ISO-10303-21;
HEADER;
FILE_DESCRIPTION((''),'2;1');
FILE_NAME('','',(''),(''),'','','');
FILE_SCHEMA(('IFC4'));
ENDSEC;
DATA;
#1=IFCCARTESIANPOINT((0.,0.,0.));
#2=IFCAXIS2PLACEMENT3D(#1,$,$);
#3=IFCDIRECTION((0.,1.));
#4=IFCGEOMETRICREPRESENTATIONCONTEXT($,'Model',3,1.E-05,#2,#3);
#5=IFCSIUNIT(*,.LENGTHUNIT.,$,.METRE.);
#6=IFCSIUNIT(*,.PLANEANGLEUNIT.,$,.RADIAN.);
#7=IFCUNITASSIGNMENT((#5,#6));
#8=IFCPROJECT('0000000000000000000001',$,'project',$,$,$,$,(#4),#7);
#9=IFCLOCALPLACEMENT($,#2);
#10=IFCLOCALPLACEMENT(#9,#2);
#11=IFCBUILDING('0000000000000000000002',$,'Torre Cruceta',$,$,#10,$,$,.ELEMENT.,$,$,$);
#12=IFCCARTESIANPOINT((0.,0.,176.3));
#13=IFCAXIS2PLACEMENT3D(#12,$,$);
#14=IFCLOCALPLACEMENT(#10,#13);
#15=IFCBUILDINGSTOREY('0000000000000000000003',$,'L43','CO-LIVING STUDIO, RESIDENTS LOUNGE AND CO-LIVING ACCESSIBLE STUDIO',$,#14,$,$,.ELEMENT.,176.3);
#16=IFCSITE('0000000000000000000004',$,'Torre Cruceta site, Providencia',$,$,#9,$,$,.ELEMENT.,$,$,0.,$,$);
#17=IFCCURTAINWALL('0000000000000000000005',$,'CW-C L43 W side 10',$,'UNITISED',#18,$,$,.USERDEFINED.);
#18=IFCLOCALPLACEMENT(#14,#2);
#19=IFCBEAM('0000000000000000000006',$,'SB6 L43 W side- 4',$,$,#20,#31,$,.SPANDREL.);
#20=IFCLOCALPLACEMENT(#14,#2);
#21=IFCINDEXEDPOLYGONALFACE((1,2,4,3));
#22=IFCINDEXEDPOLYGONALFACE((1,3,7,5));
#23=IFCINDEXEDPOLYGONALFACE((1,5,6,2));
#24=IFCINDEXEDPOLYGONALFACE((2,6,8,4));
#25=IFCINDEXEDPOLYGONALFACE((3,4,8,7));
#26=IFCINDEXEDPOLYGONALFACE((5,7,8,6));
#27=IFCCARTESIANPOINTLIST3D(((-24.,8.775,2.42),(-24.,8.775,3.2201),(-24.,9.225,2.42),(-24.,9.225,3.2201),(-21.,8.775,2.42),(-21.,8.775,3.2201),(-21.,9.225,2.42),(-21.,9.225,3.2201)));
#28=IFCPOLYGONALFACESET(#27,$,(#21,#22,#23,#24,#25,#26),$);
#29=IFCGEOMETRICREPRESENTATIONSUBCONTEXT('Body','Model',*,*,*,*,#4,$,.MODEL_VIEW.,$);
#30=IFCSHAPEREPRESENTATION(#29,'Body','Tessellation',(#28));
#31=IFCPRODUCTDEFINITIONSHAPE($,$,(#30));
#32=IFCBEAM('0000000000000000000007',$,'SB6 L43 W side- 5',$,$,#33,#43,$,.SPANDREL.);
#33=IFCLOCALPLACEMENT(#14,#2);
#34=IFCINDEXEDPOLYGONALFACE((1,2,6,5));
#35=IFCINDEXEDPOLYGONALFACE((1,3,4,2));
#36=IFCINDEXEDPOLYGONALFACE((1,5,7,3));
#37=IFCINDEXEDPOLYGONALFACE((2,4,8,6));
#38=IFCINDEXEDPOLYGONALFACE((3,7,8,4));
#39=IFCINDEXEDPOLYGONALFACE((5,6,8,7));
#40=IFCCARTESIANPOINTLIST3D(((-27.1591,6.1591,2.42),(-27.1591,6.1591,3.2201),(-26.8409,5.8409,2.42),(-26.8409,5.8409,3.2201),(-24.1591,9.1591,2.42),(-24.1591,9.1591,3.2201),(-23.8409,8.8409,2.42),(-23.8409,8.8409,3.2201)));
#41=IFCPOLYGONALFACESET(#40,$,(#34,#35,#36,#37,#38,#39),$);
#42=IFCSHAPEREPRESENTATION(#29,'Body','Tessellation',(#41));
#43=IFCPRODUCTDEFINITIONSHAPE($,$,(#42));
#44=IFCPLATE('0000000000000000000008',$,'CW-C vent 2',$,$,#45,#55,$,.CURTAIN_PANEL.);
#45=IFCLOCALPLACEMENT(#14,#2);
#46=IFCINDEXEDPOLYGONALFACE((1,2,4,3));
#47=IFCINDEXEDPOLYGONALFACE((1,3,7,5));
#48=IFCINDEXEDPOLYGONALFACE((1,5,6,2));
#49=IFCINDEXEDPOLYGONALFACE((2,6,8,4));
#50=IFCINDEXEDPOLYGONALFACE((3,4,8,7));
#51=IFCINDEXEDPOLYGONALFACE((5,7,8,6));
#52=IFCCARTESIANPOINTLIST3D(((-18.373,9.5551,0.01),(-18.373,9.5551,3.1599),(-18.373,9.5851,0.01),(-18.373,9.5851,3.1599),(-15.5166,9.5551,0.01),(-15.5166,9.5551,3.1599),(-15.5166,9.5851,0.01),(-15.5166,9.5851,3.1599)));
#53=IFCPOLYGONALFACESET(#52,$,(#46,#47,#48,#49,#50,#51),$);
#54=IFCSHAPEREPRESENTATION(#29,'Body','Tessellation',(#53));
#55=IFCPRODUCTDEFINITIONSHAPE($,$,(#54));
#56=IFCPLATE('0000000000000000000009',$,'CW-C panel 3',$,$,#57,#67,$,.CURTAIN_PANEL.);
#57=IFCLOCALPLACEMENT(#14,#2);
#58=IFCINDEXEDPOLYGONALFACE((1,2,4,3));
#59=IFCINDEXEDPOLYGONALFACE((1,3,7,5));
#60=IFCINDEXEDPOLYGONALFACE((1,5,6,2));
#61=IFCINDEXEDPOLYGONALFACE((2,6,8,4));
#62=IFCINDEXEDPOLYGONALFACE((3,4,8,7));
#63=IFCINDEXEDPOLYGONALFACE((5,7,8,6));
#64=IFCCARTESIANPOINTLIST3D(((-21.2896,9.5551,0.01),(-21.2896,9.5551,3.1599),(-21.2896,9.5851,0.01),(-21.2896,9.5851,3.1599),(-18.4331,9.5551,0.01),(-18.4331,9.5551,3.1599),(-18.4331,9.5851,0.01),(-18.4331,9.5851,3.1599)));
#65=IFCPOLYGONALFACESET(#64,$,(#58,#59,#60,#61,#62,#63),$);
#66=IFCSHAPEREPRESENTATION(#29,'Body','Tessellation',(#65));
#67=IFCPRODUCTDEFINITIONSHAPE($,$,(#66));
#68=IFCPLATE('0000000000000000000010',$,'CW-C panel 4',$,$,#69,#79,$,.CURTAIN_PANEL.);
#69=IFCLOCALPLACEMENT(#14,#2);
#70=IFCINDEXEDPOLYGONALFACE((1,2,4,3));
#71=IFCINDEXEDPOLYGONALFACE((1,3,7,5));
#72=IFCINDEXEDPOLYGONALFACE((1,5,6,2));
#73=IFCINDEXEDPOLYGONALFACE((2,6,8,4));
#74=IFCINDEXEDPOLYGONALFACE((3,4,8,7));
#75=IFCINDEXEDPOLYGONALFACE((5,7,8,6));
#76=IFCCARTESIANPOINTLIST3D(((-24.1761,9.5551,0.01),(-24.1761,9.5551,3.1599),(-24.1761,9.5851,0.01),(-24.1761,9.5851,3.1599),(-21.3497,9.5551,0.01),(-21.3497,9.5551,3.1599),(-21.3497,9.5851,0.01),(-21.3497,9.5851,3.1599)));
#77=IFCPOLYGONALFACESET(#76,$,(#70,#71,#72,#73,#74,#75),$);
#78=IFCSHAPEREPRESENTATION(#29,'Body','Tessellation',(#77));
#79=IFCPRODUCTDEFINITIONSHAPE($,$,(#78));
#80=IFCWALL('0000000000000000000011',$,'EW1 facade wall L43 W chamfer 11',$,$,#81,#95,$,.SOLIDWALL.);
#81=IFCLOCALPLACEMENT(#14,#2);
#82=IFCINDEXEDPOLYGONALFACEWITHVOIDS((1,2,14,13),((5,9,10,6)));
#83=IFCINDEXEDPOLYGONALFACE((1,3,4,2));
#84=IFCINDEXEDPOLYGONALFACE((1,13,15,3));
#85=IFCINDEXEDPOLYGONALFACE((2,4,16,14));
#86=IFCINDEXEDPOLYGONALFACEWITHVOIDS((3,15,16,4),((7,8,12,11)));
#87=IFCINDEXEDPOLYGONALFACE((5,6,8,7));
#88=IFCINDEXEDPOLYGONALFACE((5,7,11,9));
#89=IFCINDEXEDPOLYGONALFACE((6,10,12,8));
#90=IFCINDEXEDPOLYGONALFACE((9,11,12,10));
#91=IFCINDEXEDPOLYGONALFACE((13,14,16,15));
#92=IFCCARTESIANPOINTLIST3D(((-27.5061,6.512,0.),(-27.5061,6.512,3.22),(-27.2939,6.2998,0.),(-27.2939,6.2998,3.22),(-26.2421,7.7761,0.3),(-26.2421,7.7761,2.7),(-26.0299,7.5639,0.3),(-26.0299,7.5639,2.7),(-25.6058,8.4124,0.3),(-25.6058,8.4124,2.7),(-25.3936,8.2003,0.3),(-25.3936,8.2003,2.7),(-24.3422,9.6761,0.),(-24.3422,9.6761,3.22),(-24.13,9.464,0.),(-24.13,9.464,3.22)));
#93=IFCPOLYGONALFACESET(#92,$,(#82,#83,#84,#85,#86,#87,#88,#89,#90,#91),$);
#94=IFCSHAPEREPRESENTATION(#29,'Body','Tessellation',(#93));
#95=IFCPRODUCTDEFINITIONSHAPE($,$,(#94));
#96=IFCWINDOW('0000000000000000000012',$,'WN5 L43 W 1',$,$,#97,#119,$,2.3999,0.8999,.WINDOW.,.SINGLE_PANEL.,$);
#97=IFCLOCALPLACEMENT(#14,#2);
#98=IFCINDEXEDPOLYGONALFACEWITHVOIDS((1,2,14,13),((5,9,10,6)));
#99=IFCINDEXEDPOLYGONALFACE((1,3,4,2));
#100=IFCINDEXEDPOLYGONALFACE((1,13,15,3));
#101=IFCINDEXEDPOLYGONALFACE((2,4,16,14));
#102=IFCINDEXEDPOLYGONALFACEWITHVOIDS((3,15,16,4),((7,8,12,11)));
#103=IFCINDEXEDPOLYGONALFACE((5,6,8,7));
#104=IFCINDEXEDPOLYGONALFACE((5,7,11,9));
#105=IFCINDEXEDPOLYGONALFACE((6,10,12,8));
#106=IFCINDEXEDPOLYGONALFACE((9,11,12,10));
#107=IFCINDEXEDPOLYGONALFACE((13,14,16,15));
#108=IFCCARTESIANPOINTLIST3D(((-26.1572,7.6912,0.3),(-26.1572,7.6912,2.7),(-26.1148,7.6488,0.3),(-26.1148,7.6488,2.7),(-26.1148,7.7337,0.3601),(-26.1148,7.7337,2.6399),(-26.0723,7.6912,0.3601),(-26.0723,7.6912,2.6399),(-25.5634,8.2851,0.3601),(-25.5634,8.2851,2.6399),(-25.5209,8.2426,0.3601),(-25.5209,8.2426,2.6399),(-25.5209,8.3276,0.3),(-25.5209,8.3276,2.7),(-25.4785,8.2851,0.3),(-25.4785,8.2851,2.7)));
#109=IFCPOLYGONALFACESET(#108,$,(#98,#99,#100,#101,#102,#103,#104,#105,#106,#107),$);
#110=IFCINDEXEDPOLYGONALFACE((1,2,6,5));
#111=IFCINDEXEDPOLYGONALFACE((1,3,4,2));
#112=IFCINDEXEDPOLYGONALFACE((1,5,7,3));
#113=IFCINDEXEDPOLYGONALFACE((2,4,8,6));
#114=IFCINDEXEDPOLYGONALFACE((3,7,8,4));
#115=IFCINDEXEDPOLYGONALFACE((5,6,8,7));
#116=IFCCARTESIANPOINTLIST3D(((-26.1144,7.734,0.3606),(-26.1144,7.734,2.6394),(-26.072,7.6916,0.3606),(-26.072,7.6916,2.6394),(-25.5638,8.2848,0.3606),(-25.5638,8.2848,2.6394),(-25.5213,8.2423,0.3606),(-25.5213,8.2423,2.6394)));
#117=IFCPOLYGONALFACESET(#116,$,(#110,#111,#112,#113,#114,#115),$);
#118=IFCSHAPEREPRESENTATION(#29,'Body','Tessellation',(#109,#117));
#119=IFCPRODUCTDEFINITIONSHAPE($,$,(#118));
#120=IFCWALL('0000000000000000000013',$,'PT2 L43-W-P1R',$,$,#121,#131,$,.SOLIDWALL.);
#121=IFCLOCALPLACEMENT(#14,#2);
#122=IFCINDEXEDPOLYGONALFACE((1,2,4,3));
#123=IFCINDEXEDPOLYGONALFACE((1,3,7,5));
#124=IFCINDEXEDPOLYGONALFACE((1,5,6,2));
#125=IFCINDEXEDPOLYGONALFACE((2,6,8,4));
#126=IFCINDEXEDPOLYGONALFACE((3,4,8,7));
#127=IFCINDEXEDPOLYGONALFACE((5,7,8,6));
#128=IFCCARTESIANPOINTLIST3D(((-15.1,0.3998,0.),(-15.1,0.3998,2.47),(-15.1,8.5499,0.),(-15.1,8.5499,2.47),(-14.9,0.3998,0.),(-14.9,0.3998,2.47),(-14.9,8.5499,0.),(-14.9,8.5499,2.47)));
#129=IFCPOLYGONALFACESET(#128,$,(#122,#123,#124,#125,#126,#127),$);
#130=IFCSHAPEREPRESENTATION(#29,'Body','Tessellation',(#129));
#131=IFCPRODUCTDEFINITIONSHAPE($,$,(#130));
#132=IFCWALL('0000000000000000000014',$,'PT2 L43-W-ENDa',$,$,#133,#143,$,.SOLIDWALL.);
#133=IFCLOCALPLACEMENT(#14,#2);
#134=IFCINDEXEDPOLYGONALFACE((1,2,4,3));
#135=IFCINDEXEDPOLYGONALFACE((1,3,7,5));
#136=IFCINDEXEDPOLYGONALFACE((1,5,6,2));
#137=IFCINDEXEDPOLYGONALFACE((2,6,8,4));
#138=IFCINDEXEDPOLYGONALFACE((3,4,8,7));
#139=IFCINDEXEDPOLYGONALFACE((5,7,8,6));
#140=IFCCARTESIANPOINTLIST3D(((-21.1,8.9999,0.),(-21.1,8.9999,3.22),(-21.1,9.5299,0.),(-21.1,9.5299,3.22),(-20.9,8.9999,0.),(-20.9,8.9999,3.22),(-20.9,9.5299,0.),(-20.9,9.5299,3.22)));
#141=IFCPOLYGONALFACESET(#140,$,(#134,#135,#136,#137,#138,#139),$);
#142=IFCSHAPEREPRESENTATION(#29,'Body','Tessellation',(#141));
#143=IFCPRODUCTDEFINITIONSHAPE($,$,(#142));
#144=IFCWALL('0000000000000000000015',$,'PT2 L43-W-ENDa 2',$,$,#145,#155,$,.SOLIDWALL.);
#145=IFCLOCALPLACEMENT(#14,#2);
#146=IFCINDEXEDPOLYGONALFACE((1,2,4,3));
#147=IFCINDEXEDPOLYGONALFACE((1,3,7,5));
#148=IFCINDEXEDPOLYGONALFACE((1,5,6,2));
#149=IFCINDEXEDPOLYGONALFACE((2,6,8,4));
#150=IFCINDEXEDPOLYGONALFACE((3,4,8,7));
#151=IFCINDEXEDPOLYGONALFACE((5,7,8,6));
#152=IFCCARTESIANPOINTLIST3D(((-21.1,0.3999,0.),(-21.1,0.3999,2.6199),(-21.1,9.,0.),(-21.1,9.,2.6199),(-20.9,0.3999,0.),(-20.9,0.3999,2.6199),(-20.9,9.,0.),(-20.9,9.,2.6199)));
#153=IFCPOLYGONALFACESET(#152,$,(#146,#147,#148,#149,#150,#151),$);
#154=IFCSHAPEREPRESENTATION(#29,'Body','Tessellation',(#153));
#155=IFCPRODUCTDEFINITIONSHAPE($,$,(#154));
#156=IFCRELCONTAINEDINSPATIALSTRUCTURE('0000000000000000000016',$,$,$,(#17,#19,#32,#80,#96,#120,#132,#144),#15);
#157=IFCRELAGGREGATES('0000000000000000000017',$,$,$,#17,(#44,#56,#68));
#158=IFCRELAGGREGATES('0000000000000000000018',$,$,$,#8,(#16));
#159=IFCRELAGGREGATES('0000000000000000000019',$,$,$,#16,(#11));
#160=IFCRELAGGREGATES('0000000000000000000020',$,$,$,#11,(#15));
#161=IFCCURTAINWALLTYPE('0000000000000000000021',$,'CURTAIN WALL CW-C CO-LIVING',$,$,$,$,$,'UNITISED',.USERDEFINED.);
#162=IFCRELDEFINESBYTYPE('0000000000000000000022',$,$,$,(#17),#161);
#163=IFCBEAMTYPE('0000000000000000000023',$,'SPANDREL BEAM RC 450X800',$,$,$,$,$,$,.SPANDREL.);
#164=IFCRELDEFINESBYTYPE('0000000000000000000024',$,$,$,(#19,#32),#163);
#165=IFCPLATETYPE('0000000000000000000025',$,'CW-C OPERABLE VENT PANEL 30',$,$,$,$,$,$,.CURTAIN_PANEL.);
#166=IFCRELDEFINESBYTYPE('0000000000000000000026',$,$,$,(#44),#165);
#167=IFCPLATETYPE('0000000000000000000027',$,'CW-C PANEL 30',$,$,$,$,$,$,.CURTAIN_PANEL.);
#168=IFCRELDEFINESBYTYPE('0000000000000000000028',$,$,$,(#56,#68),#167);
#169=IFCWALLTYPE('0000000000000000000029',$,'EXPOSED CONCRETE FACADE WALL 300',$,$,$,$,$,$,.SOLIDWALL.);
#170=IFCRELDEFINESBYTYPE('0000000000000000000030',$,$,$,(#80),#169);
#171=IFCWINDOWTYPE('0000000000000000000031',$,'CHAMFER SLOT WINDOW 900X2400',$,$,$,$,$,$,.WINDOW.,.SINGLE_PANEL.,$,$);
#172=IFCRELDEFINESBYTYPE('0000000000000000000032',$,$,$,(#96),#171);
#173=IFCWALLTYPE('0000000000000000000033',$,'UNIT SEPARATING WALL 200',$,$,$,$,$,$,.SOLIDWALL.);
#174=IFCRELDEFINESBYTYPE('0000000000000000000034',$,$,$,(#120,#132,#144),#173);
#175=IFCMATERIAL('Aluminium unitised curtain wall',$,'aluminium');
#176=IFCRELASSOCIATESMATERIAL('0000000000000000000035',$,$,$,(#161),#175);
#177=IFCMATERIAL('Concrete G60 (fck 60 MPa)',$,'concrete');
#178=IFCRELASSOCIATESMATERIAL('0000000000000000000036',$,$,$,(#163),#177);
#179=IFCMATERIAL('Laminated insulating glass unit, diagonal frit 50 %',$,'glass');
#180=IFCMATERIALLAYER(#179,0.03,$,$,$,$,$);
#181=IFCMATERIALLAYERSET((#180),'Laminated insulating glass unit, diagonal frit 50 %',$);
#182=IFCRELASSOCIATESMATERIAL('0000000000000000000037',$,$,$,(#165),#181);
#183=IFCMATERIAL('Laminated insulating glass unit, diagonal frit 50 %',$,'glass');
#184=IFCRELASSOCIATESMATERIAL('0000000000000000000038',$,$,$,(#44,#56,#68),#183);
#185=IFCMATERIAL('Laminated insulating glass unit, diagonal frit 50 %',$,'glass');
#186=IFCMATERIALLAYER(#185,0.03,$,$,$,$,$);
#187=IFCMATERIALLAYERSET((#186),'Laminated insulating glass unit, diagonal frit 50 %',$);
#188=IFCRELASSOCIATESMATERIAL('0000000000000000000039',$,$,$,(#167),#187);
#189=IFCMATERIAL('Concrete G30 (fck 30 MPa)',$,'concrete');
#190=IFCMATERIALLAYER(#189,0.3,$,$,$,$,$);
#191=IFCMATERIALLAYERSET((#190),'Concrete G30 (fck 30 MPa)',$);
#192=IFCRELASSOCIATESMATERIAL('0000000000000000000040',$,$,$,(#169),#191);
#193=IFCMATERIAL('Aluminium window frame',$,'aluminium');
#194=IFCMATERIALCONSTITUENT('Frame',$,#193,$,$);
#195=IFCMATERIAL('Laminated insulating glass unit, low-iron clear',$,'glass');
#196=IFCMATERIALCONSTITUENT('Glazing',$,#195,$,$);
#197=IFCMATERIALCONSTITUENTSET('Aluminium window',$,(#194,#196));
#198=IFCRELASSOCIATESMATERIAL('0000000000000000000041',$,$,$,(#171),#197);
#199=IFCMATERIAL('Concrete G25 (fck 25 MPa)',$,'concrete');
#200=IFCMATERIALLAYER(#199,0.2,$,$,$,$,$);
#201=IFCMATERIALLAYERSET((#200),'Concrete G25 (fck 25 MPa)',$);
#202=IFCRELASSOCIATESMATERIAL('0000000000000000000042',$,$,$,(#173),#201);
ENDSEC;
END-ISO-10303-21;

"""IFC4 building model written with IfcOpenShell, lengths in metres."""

from ifc_helpers import new_model, si_unit, direction, frame, frame_2d, origin, origin_2d, place, context, subcontext, project, spatial, rectangle, hollow_rectangle, extrude, material, layer, layer_set, constituent, constituent_set, material_profile, profile_set, type_object, element, fill, aggregate, save


model = new_model("IFC4")

# Units and contexts
model_context = context("Model", 3, precision=1e-05, world=origin(), true_north=direction((0.0, 1.0)))
body_context = subcontext(model_context, "Body", "Model", "MODEL_VIEW")
ifc_project = project(units=[si_unit("LENGTHUNIT", "METRE"), si_unit("PLANEANGLEUNIT", "RADIAN")], contexts=[model_context])

# Site, building, storey
site_placement = place(None, origin())
site = spatial("IfcSite", under=ifc_project, at=site_placement, Name="Torre Cruceta site, Providencia", CompositionType="ELEMENT", RefElevation=0.0)
building_placement = place(site_placement, origin())
building = spatial("IfcBuilding", under=site, at=building_placement, Name="Torre Cruceta", CompositionType="ELEMENT")
storey_placement = place(building_placement, frame((0.0, 0.0, 176.3)))
storey = spatial("IfcBuildingStorey", under=building, at=storey_placement, Name="L43", Description="CO-LIVING STUDIO, RESIDENTS LOUNGE AND CO-LIVING ACCESSIBLE STUDIO", CompositionType="ELEMENT", Elevation=176.3)

# Curtain wall
ifc_material_1 = material(Name="Aluminium unitised curtain wall", Category="aluminium")
curtain_wall_type = type_object("IfcCurtainWallType", Name="CURTAIN WALL CW-C CO-LIVING", ElementType="UNITISED", PredefinedType="USERDEFINED", material=ifc_material_1)
curtain_wall_placement = place(storey_placement, origin())
curtain_wall = element("IfcCurtainWall", 1, at=curtain_wall_placement, inside=storey, type_object=curtain_wall_type, Name="CW-C L43 W side 10", ObjectType="UNITISED", PredefinedType="USERDEFINED")

# Beams
ifc_material_2 = material(Name="Concrete G60 (fck 60 MPa)", Category="concrete")
ifc_material_profile_1 = material_profile(ifc_material_2, rectangle(XDim=0.45, YDim=0.8, at=origin_2d()), Name="RC 450X800")
ifc_profile_set_1 = profile_set([ifc_material_profile_1], Name="Concrete G60 (fck 60 MPa)")
beam_type_1 = type_object("IfcBeamType", Name="SPANDREL BEAM RC 450X800", PredefinedType="SPANDREL", material=ifc_profile_set_1)
for number, where, z_axis, x_axis, name in (
    (2, (-21.0, 9.0, 2.8201), (-1.0, 0.0, 0.0), (0.0, -1.0, 0.0), "SB6 L43 W side- 4"),
):
    element("IfcBeam", number, at=place(storey_placement, frame(where, z_axis=z_axis, x_axis=x_axis)), inside=storey, type_object=beam_type_1, Name=name, PredefinedType="SPANDREL", context=body_context, shape_type="SweptSolid", body=[
        extrude(rectangle(XDim=0.45, YDim=0.8, at=origin_2d()), origin(), (0.0, 0.0, 1.0), 3.0),
    ])
beam_1_placement = place(storey_placement, frame((-24.0, 9.0, 2.8201), z_axis=(-0.707107, -0.707107, 0.0), x_axis=(0.707107, -0.707107, 0.0)))
element("IfcBeam", 3, at=beam_1_placement, inside=storey, type_object=beam_type_1, Name="SB6 L43 W side- 5", PredefinedType="SPANDREL", context=body_context, shape_type="SweptSolid", body=[
    extrude(rectangle(XDim=0.45, YDim=0.8, at=origin_2d()), origin(), (0.0, 0.0, 1.0), 4.2427),
])

# Plates
ifc_material_3 = material(Name="Laminated insulating glass unit, diagonal frit 50 %", Category="glass")
ifc_material_4 = material(Name="Laminated insulating glass unit, diagonal frit 50 %", Category="glass")
ifc_layer_1 = layer(ifc_material_4, 0.03)
ifc_layer_set_1 = layer_set([ifc_layer_1], Name="Laminated insulating glass unit, diagonal frit 50 %")
plate_type_1 = type_object("IfcPlateType", Name="CW-C OPERABLE VENT PANEL 30", PredefinedType="CURTAIN_PANEL", material=ifc_layer_set_1)
plate_1_placement = place(storey_placement, frame((-16.9448, 9.5701, 0.01), z_axis=(0.0, 0.0, 1.0), x_axis=(-1.0, 0.0, 0.0)))
plate_1 = element("IfcPlate", 4, at=plate_1_placement, type_object=plate_type_1, material=ifc_material_3, Name="CW-C vent 2", PredefinedType="CURTAIN_PANEL", context=body_context, shape_type="SweptSolid", body=[
    extrude(rectangle(XDim=2.8564, YDim=0.03, at=origin_2d()), origin(), (0.0, 0.0, 1.0), 3.1499),
])
ifc_material_5 = material(Name="Laminated insulating glass unit, diagonal frit 50 %", Category="glass")
ifc_layer_2 = layer(ifc_material_5, 0.03)
ifc_layer_set_2 = layer_set([ifc_layer_2], Name="Laminated insulating glass unit, diagonal frit 50 %")
plate_type_2 = type_object("IfcPlateType", Name="CW-C PANEL 30", PredefinedType="CURTAIN_PANEL", material=ifc_layer_set_2)
plate_2_placement = place(storey_placement, frame((-19.8613, 9.5701, 0.01), z_axis=(0.0, 0.0, 1.0), x_axis=(-1.0, 0.0, 0.0)))
plate_2 = element("IfcPlate", 5, at=plate_2_placement, type_object=plate_type_2, material=ifc_material_3, Name="CW-C panel 3", PredefinedType="CURTAIN_PANEL", context=body_context, shape_type="SweptSolid", body=[
    extrude(rectangle(XDim=2.8564, YDim=0.03, at=origin_2d()), origin(), (0.0, 0.0, 1.0), 3.1499),
])
plate_3_placement = place(storey_placement, frame((-22.7629, 9.5701, 0.01), z_axis=(0.0, 0.0, 1.0), x_axis=(-1.0, 0.0, 0.0)))
plate_3 = element("IfcPlate", 6, at=plate_3_placement, type_object=plate_type_2, material=ifc_material_3, Name="CW-C panel 4", PredefinedType="CURTAIN_PANEL", context=body_context, shape_type="SweptSolid", body=[
    extrude(rectangle(XDim=2.8264, YDim=0.03, at=origin_2d()), origin(), (0.0, 0.0, 1.0), 3.1499),
])
aggregate(curtain_wall, [plate_1, plate_2, plate_3])

# Wall, opening, window
ifc_material_6 = material(Name="Concrete G30 (fck 30 MPa)", Category="concrete")
ifc_layer_3 = layer(ifc_material_6, 0.3)
ifc_layer_set_3 = layer_set([ifc_layer_3], Name="Concrete G30 (fck 30 MPa)")
wall_type_1 = type_object("IfcWallType", Name="EXPOSED CONCRETE FACADE WALL 300", PredefinedType="SOLIDWALL", material=ifc_layer_set_3)
wall_1_placement = place(storey_placement, frame((-24.2361, 9.5701, 0.0), z_axis=(0.0, 0.0, 1.0), x_axis=(-0.707079, -0.707134, 0.0)))
wall_1 = element("IfcWall", 7, at=wall_1_placement, inside=storey, type_object=wall_type_1, Name="EW1 facade wall L43 W chamfer 11", PredefinedType="SOLIDWALL", context=body_context, shape_type="SweptSolid", body=[
    extrude(rectangle(XDim=4.4746, YDim=0.3, at=frame_2d((2.2373, 0.0))), origin(), (0.0, 0.0, 1.0), 3.22),
])
opening_placement = place(wall_1_placement, frame((1.7871, 0.0, 0.3)))
opening = element("IfcOpeningElement", 8, at=opening_placement, cuts=wall_1, PredefinedType="OPENING", context=body_context, shape_type="SweptSolid", body=[
    extrude(rectangle(XDim=0.8999, YDim=2.3999, at=frame_2d((0.45, 1.2))), frame((0.0, 0.1599, 0.0), z_axis=(0.0, -1.0, 0.0), x_axis=(1.0, 0.0, 0.0)), (0.0, 0.0, 1.0), 0.3201),
])
ifc_material_7 = material(Name="Aluminium window frame", Category="aluminium")
ifc_constituent_1 = constituent(ifc_material_7, Name="Frame")
ifc_material_8 = material(Name="Laminated insulating glass unit, low-iron clear", Category="glass")
ifc_constituent_2 = constituent(ifc_material_8, Name="Glazing")
ifc_constituent_set = constituent_set(constituents=[ifc_constituent_1, ifc_constituent_2], Name="Aluminium window")
window_type = type_object("IfcWindowType", Name="CHAMFER SLOT WINDOW 900X2400", PartitioningType="SINGLE_PANEL", PredefinedType="WINDOW", material=ifc_constituent_set)
window_placement = place(opening_placement, origin())
window = element("IfcWindow", 9, at=window_placement, inside=storey, type_object=window_type, Name="WN5 L43 W 1", OverallHeight=2.3999, OverallWidth=0.8999, PartitioningType="SINGLE_PANEL", PredefinedType="WINDOW", context=body_context, shape_type="SweptSolid", body=[
    extrude(hollow_rectangle(XDim=0.8999, YDim=2.3999, WallThickness=0.0601, at=frame_2d((0.45, 1.2))), frame((0.0, 0.03, 0.0), z_axis=(0.0, -1.0, 0.0), x_axis=(1.0, 0.0, 0.0)), (0.0, 0.0, 1.0), 0.0601),
    extrude(rectangle(XDim=0.7788, YDim=2.2788, at=frame_2d((0.45, 1.2))), frame((0.0, 0.03, 0.0), z_axis=(0.0, -1.0, 0.0), x_axis=(1.0, 0.0, 0.0)), (0.0, 0.0, 1.0), 0.0601),
])
fill(opening, window)

# Walls
ifc_material_9 = material(Name="Concrete G25 (fck 25 MPa)", Category="concrete")
ifc_layer_4 = layer(ifc_material_9, 0.2)
ifc_layer_set_4 = layer_set([ifc_layer_4], Name="Concrete G25 (fck 25 MPa)")
wall_type_2 = type_object("IfcWallType", Name="UNIT SEPARATING WALL 200", PredefinedType="SOLIDWALL", material=ifc_layer_set_4)
wall_2_placement = place(storey_placement, frame((-15.0, 8.55, 0.0), z_axis=(0.0, 0.0, 1.0), x_axis=(0.0, -1.0, 0.0)))
element("IfcWall", 10, at=wall_2_placement, inside=storey, type_object=wall_type_2, Name="PT2 L43-W-P1R", PredefinedType="SOLIDWALL", context=body_context, shape_type="SweptSolid", body=[
    extrude(rectangle(XDim=8.1501, YDim=0.2, at=frame_2d((4.0752, 0.0))), origin(), (0.0, 0.0, 1.0), 2.47),
])
wall_3_placement = place(storey_placement, frame((-21.0, 9.53, 0.0), z_axis=(0.0, 0.0, 1.0), x_axis=(0.0, -1.0, 0.0)))
element("IfcWall", 11, at=wall_3_placement, inside=storey, type_object=wall_type_2, Name="PT2 L43-W-ENDa", PredefinedType="SOLIDWALL", context=body_context, shape_type="SweptSolid", body=[
    extrude(rectangle(XDim=0.53, YDim=0.2, at=frame_2d((0.2651, 0.0))), origin(), (0.0, 0.0, 1.0), 3.22),
])
wall_4_placement = place(storey_placement, frame((-21.0, 9.0, 0.0), z_axis=(0.0, 0.0, 1.0), x_axis=(0.0, -1.0, 0.0)))
element("IfcWall", 12, at=wall_4_placement, inside=storey, type_object=wall_type_2, Name="PT2 L43-W-ENDa 2", PredefinedType="SOLIDWALL", context=body_context, shape_type="SweptSolid", body=[
    extrude(rectangle(XDim=8.6001, YDim=0.2, at=frame_2d((4.3, 0.0))), origin(), (0.0, 0.0, 1.0), 2.6199),
])

save(model, "model.ifc")
